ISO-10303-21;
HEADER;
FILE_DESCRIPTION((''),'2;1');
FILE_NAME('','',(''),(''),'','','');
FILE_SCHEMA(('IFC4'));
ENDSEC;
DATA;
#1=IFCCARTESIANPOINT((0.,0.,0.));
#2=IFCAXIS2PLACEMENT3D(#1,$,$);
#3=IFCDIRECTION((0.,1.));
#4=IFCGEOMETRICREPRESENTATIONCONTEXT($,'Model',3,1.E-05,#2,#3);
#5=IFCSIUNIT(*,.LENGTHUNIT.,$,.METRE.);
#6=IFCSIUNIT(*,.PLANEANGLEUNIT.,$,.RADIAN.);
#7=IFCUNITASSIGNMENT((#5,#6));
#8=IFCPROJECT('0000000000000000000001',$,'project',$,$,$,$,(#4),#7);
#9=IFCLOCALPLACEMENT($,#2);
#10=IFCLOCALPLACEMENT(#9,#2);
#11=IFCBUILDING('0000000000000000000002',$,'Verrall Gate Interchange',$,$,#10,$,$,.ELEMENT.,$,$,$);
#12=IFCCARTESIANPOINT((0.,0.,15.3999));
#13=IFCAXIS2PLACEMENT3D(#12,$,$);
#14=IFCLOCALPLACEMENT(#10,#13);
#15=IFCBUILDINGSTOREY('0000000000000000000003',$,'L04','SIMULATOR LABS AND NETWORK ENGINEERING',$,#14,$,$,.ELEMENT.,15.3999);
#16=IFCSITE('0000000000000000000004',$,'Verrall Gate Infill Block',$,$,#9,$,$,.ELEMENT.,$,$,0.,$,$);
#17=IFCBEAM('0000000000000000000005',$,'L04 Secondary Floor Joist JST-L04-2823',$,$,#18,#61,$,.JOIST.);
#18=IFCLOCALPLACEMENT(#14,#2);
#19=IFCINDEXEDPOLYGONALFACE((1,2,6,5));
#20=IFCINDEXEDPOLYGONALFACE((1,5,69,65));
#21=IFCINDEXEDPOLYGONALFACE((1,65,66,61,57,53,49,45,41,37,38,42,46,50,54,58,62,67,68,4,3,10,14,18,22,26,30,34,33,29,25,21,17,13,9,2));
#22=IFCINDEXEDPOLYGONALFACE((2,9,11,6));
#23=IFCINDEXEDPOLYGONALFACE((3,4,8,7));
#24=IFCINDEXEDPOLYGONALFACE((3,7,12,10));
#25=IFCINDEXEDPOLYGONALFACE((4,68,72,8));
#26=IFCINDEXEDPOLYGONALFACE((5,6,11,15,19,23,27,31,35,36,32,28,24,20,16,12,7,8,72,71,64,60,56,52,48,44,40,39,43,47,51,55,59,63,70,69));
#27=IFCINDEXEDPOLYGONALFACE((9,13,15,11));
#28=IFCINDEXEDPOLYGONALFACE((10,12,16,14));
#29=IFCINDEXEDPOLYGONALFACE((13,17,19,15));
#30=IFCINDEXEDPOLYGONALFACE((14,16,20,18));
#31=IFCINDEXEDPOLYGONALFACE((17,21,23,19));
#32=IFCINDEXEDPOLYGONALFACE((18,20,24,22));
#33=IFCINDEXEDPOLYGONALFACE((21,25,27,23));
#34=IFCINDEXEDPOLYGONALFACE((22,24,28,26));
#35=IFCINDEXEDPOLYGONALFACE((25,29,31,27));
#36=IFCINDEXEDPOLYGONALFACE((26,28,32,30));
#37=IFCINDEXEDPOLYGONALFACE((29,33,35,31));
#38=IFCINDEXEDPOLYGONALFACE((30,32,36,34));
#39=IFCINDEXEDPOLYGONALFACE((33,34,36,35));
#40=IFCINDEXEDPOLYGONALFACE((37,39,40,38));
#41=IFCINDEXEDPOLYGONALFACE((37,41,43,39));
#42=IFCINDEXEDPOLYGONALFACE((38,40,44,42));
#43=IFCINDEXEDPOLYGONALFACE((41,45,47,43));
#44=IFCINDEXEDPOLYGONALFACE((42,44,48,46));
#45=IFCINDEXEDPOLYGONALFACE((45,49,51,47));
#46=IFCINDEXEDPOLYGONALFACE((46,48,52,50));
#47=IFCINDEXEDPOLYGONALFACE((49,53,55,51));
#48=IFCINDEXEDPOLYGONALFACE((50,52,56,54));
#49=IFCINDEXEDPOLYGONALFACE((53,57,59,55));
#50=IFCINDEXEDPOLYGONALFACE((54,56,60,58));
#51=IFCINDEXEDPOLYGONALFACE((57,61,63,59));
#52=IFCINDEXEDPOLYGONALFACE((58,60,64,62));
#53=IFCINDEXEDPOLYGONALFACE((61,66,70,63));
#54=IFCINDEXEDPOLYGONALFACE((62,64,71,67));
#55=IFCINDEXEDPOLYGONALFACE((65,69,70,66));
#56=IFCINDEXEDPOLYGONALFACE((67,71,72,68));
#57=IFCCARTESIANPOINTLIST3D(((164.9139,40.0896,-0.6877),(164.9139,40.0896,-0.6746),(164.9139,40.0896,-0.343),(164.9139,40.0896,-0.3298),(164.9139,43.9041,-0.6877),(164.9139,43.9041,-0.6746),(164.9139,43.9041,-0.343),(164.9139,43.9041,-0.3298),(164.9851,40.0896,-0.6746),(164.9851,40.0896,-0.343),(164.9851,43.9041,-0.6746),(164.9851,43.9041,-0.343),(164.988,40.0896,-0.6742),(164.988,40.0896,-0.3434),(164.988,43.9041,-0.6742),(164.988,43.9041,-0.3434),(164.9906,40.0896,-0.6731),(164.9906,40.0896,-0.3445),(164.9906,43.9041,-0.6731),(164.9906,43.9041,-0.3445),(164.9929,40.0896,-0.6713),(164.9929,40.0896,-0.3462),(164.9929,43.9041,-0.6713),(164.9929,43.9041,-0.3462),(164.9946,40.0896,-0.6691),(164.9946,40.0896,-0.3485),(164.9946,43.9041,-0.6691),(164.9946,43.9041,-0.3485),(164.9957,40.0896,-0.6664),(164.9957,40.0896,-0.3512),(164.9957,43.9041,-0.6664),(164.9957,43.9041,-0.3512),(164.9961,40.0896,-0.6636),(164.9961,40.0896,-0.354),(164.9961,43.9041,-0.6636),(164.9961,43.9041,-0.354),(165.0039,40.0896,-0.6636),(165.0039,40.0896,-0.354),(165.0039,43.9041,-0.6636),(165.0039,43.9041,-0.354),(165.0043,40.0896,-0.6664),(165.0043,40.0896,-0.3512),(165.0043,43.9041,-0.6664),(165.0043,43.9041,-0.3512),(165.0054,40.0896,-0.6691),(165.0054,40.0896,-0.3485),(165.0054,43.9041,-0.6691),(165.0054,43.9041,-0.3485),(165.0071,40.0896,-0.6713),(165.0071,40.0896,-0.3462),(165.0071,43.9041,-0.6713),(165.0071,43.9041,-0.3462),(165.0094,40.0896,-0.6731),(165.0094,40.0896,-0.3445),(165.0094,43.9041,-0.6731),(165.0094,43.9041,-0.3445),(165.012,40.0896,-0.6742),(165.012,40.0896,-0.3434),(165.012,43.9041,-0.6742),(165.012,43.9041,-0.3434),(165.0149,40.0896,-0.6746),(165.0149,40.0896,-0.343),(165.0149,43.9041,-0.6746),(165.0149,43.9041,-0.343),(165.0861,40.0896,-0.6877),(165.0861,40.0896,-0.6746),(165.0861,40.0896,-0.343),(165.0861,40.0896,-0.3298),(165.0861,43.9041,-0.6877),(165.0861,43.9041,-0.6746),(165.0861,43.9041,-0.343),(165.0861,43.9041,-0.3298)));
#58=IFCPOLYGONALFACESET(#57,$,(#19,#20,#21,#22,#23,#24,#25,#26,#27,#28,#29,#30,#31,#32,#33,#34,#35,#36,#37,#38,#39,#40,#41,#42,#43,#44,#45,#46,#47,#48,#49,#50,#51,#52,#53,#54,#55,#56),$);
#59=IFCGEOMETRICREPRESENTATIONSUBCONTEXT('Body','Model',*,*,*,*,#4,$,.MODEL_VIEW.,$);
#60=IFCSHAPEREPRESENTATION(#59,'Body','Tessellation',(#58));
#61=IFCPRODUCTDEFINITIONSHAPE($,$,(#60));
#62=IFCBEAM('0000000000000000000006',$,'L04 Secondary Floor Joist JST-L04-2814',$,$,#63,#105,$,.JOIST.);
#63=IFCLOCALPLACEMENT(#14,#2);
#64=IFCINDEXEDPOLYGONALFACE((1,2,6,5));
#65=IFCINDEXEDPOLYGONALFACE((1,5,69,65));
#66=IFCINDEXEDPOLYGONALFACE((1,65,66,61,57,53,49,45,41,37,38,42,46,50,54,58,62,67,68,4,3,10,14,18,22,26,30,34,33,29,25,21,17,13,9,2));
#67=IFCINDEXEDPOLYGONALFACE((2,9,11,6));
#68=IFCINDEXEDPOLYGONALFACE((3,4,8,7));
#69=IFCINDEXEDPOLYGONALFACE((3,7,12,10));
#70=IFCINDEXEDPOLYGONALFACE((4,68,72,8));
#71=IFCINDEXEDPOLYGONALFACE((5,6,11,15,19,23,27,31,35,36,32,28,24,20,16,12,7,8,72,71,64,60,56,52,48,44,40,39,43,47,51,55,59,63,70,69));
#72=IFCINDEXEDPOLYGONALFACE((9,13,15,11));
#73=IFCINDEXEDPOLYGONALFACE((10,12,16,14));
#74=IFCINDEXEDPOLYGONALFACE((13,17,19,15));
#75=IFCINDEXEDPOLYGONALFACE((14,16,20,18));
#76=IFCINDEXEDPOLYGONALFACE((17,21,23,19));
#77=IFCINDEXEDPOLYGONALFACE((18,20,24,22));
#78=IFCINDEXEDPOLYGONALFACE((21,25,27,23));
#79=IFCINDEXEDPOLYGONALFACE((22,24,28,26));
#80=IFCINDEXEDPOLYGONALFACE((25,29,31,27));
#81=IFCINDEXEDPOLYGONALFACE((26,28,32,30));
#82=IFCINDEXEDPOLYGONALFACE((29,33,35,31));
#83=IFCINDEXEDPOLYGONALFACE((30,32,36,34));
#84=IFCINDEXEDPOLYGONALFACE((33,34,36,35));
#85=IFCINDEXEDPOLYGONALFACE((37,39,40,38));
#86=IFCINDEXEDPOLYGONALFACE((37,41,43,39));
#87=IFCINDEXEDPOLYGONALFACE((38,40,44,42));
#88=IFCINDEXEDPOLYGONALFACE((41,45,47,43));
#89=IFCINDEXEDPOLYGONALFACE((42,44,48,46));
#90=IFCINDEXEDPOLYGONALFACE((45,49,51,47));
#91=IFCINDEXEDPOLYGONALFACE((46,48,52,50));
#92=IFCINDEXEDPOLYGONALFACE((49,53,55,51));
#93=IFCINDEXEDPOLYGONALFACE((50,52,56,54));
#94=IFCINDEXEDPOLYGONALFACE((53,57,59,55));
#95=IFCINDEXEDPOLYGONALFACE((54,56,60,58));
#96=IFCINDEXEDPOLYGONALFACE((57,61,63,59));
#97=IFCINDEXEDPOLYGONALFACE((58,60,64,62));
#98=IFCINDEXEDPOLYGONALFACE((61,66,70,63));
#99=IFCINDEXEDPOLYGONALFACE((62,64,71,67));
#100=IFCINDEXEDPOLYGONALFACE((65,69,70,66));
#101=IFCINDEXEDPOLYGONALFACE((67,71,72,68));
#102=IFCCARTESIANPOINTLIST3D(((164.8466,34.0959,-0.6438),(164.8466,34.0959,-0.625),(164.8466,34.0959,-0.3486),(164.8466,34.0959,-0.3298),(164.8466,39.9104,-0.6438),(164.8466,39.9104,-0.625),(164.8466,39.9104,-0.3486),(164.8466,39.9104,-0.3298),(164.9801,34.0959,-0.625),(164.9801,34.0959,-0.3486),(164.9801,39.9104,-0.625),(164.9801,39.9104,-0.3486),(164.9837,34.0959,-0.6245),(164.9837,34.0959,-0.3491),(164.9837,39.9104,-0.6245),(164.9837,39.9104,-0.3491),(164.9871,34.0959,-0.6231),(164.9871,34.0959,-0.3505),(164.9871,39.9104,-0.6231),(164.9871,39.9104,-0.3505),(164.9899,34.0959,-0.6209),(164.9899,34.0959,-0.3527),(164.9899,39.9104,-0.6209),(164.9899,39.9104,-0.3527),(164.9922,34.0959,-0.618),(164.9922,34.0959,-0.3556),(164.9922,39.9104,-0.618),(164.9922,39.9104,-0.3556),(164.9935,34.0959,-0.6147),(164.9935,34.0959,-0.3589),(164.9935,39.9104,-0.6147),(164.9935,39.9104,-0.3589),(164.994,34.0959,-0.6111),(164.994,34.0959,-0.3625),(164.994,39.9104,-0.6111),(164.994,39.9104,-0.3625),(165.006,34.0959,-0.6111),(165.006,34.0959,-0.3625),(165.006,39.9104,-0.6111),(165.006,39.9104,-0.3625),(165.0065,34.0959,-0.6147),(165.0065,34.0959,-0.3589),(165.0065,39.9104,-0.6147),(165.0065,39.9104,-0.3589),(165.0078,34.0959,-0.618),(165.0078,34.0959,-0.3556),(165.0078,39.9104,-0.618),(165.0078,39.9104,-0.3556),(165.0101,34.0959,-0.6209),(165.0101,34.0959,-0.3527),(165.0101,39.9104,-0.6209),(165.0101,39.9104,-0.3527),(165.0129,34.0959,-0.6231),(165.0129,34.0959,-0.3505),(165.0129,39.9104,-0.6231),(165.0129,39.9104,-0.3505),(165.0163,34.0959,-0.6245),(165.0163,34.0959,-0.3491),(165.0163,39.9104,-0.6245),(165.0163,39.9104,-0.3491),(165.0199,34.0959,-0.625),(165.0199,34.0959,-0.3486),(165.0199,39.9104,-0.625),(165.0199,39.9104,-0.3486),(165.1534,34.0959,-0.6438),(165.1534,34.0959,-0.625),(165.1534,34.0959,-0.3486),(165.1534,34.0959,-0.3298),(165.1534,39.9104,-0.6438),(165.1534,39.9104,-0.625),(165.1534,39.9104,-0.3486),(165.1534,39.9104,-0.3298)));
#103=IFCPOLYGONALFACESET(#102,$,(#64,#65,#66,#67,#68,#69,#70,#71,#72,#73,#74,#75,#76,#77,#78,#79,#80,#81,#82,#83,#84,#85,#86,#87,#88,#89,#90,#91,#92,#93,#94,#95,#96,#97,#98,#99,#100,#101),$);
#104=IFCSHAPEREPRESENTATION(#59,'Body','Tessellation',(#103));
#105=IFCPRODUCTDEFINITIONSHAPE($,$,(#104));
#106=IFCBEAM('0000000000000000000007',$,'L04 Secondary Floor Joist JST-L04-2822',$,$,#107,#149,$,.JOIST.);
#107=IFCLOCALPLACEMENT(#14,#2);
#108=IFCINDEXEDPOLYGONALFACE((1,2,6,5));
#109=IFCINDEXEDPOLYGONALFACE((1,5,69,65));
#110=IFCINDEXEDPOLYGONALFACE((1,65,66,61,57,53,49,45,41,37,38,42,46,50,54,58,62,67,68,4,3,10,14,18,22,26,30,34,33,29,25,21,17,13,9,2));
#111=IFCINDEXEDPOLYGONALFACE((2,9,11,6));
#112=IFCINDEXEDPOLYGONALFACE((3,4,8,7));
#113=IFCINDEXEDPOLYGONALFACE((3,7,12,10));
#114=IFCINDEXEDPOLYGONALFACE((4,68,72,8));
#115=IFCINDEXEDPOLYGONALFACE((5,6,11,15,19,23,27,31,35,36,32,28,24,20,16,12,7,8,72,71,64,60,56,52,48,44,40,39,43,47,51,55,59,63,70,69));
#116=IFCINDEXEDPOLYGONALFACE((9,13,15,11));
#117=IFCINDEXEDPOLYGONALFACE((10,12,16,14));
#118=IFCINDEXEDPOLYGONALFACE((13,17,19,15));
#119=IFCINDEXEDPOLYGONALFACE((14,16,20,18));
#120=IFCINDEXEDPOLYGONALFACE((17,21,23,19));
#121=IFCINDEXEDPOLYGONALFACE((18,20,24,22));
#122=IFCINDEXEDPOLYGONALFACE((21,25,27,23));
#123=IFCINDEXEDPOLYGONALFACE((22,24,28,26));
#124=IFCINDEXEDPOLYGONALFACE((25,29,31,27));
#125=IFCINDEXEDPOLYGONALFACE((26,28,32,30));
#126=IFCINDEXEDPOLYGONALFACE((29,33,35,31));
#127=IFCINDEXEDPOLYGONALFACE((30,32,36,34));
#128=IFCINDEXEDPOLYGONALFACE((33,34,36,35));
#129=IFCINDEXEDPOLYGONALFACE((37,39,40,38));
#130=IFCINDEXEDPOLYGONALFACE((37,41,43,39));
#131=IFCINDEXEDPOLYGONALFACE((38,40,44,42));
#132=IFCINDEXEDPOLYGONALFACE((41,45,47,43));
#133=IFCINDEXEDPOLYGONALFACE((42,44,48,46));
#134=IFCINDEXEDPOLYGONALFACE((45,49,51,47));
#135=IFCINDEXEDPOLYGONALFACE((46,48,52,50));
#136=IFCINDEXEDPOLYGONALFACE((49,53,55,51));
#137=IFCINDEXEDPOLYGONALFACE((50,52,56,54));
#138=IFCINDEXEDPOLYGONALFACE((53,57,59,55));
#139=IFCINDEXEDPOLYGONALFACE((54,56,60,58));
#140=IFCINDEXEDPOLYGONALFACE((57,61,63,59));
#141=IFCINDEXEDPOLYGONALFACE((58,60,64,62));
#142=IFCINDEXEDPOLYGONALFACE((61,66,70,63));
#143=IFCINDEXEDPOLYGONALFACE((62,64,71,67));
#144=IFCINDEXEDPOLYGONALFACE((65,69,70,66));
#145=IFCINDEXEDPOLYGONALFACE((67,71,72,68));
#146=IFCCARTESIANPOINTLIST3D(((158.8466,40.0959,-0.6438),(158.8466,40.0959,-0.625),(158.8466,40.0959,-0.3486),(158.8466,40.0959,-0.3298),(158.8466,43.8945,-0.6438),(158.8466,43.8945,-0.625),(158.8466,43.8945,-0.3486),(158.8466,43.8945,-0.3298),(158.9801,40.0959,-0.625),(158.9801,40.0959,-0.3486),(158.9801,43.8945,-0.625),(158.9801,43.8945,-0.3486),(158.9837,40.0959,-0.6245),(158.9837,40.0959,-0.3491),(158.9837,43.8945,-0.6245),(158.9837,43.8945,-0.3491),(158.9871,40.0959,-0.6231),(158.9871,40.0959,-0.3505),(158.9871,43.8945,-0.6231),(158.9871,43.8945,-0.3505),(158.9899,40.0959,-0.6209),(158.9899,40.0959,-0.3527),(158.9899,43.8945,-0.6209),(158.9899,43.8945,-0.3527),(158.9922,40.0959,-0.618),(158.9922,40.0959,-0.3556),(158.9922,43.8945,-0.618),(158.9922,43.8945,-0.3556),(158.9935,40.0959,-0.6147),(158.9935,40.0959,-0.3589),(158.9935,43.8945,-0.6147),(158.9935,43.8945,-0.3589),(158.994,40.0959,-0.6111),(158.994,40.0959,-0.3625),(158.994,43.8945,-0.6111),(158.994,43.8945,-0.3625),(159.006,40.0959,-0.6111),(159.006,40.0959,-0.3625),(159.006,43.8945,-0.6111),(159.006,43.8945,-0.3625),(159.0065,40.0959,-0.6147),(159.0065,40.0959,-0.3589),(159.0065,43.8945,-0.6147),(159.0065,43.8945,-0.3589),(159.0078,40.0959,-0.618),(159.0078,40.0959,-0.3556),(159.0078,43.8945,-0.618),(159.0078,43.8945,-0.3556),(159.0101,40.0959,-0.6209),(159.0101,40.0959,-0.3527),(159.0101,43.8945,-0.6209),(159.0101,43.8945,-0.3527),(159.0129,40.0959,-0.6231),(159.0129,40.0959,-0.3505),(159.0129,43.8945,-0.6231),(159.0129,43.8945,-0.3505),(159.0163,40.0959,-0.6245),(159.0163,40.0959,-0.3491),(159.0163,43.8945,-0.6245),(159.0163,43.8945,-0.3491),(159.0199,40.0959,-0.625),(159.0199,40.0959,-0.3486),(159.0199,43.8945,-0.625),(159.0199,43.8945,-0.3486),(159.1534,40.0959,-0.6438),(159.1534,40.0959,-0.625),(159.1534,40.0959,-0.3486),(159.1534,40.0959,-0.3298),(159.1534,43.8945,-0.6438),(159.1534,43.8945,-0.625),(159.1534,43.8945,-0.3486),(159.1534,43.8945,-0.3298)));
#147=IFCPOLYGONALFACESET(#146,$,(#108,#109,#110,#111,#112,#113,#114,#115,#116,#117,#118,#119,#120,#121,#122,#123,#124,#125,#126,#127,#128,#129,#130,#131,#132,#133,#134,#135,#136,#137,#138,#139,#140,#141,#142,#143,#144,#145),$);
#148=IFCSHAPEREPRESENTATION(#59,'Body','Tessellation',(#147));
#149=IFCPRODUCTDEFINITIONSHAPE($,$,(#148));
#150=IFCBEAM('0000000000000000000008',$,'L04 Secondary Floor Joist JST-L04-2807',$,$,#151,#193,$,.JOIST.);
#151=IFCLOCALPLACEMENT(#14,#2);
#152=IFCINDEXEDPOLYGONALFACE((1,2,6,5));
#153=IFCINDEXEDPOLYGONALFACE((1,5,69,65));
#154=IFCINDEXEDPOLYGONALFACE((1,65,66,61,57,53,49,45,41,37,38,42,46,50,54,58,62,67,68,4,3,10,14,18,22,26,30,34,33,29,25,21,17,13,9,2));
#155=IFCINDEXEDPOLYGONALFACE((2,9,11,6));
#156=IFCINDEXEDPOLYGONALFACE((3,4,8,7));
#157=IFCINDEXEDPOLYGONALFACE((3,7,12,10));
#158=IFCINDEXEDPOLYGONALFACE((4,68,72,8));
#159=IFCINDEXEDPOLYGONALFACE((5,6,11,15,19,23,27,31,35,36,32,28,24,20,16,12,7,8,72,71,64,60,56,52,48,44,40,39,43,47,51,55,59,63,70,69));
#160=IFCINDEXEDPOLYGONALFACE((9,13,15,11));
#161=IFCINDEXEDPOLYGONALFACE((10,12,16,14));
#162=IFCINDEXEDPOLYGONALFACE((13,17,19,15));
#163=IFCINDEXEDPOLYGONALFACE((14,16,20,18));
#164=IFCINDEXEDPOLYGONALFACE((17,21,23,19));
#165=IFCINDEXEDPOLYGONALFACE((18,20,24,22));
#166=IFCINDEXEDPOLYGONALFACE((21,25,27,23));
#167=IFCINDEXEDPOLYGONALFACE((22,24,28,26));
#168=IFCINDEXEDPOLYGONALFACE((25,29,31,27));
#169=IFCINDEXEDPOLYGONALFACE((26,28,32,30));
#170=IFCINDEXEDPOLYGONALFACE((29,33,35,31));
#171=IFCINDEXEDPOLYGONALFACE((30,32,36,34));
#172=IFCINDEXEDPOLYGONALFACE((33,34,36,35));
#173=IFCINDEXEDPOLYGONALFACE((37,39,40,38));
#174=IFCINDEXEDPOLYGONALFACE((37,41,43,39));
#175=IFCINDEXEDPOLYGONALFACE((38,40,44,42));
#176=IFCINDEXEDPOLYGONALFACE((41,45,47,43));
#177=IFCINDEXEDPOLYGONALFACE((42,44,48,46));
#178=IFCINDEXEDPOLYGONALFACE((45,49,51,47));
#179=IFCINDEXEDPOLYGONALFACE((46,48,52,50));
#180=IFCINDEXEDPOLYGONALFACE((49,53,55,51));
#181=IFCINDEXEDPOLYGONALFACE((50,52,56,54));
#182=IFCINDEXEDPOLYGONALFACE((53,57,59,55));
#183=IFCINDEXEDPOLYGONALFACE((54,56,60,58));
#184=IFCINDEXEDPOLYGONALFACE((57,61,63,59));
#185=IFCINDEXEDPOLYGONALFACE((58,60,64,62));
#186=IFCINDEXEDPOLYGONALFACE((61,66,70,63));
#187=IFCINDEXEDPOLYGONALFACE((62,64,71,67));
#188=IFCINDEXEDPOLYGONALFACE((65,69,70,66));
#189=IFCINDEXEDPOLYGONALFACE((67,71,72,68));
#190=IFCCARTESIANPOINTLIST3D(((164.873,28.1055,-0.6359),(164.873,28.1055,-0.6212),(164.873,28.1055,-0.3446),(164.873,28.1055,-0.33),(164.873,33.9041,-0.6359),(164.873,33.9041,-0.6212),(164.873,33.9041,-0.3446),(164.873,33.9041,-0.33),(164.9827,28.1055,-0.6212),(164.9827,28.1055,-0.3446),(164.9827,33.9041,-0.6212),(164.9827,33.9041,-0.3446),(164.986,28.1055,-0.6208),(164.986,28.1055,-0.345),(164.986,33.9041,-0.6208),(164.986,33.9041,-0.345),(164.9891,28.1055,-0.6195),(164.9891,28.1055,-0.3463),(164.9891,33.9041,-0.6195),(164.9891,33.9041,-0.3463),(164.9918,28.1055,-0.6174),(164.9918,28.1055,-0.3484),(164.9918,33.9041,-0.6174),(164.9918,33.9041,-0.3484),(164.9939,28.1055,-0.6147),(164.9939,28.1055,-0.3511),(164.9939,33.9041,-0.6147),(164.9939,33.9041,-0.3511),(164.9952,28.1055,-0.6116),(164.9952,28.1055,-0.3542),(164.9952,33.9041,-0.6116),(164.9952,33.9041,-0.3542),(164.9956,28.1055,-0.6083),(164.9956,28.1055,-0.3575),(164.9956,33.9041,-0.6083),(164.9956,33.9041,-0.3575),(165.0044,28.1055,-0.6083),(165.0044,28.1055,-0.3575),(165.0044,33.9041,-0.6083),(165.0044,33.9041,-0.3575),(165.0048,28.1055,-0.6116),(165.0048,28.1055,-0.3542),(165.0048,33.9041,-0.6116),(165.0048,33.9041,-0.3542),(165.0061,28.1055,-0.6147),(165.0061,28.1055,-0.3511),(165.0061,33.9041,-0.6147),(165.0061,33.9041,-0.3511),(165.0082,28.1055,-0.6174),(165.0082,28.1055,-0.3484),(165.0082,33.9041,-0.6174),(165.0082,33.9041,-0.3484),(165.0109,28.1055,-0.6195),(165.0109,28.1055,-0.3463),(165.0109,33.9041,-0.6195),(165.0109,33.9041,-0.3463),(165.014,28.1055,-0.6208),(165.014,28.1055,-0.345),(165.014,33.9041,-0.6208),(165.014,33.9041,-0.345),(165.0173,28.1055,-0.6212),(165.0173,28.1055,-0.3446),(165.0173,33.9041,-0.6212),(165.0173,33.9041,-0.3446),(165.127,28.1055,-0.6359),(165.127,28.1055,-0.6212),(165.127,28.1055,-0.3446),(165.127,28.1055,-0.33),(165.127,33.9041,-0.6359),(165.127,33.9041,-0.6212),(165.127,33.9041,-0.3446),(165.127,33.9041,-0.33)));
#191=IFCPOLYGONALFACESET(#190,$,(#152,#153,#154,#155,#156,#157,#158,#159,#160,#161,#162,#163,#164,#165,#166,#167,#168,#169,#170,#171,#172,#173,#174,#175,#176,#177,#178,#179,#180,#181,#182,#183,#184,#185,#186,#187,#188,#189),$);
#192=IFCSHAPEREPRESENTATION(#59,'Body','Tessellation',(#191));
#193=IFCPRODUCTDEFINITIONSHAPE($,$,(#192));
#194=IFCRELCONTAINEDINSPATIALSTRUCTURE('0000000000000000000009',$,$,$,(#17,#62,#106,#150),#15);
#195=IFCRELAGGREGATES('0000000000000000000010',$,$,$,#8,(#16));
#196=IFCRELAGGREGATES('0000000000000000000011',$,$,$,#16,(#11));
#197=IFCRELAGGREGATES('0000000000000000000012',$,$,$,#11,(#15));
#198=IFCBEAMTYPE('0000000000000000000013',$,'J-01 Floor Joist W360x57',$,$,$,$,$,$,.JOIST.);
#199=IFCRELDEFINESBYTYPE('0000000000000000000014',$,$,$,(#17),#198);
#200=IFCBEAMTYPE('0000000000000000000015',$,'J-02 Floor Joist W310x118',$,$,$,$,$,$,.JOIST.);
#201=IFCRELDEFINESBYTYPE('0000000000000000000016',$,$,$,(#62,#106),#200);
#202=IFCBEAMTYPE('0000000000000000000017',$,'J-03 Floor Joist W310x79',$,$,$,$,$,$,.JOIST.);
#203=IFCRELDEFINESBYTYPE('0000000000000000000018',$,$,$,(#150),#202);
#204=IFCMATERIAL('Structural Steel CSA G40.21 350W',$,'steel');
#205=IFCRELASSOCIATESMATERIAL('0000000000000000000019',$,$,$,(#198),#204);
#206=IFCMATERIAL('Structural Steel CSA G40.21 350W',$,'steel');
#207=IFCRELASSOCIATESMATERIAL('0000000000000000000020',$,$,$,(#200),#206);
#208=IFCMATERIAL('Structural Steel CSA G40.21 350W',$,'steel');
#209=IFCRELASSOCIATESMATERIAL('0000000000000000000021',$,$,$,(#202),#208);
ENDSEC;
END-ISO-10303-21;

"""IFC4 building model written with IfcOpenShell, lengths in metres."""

from ifc_helpers import new_model, si_unit, direction, frame, origin, origin_2d, place, context, subcontext, project, spatial, i_section, extrude, material, material_profile, profile_set, type_object, element, save


model = new_model("IFC4")

# Units and contexts
model_context = context("Model", 3, precision=1e-05, world=origin(), true_north=direction((0.0, 1.0)))
body_context = subcontext(model_context, "Body", "Model", "MODEL_VIEW")
ifc_project = project(units=[si_unit("LENGTHUNIT", "METRE"), si_unit("PLANEANGLEUNIT", "RADIAN")], contexts=[model_context])

# Site, building, storey
site_placement = place(None, origin())
site = spatial("IfcSite", under=ifc_project, at=site_placement, Name="Verrall Gate Infill Block", CompositionType="ELEMENT", RefElevation=0.0)
building_placement = place(site_placement, origin())
building = spatial("IfcBuilding", under=site, at=building_placement, Name="Verrall Gate Interchange", CompositionType="ELEMENT")
storey_placement = place(building_placement, frame((0.0, 0.0, 15.3999)))
storey = spatial("IfcBuildingStorey", under=building, at=storey_placement, Name="L04", Description="SIMULATOR LABS AND NETWORK ENGINEERING", CompositionType="ELEMENT", Elevation=15.3999)

# Beams
ifc_material_1 = material(Name="Structural Steel CSA G40.21 350W", Category="steel")
ifc_material_profile_1 = material_profile(ifc_material_1, i_section(OverallWidth=0.1721, OverallDepth=0.3579, WebThickness=0.0078, FlangeThickness=0.0132, FilletRadius=0.011, at=origin_2d()), Name="W360x57")
ifc_profile_set_1 = profile_set([ifc_material_profile_1], Name="Structural Steel CSA G40.21 350W")
beam_type_1 = type_object("IfcBeamType", Name="J-01 Floor Joist W360x57", PredefinedType="JOIST", material=ifc_profile_set_1)
beam_1_placement = place(storey_placement, frame((165.0, 40.0896, -0.5088), z_axis=(0.0, 1.0, 0.0), x_axis=(-1.0, 0.0, 0.0)))
element("IfcBeam", 1, at=beam_1_placement, inside=storey, type_object=beam_type_1, Name="L04 Secondary Floor Joist JST-L04-2823", PredefinedType="JOIST", context=body_context, shape_type="SweptSolid", body=[
    extrude(i_section(OverallWidth=0.1721, OverallDepth=0.3579, WebThickness=0.0078, FlangeThickness=0.0132, FilletRadius=0.011, at=origin_2d()), origin(), (0.0, 0.0, 1.0), 3.8145),
])
ifc_material_2 = material(Name="Structural Steel CSA G40.21 350W", Category="steel")
ifc_material_profile_2 = material_profile(ifc_material_2, i_section(OverallWidth=0.3069, OverallDepth=0.314, WebThickness=0.012, FlangeThickness=0.0188, FilletRadius=0.0139, at=origin_2d()), Name="W310x118")
ifc_profile_set_2 = profile_set([ifc_material_profile_2], Name="Structural Steel CSA G40.21 350W")
beam_type_2 = type_object("IfcBeamType", Name="J-02 Floor Joist W310x118", PredefinedType="JOIST", material=ifc_profile_set_2)
beam_2_placement = place(storey_placement, frame((165.0, 34.0959, -0.4868), z_axis=(0.0, 1.0, 0.0), x_axis=(-1.0, 0.0, 0.0)))
element("IfcBeam", 2, at=beam_2_placement, inside=storey, type_object=beam_type_2, Name="L04 Secondary Floor Joist JST-L04-2814", PredefinedType="JOIST", context=body_context, shape_type="SweptSolid", body=[
    extrude(i_section(OverallWidth=0.3069, OverallDepth=0.314, WebThickness=0.012, FlangeThickness=0.0188, FilletRadius=0.0139, at=origin_2d()), origin(), (0.0, 0.0, 1.0), 5.8145),
])
beam_3_placement = place(storey_placement, frame((159.0, 40.0959, -0.4868), z_axis=(0.0, 1.0, 0.0), x_axis=(-1.0, 0.0, 0.0)))
element("IfcBeam", 3, at=beam_3_placement, inside=storey, type_object=beam_type_2, Name="L04 Secondary Floor Joist JST-L04-2822", PredefinedType="JOIST", context=body_context, shape_type="SweptSolid", body=[
    extrude(i_section(OverallWidth=0.3069, OverallDepth=0.314, WebThickness=0.012, FlangeThickness=0.0188, FilletRadius=0.0139, at=origin_2d()), origin(), (0.0, 0.0, 1.0), 3.7986),
])
ifc_material_3 = material(Name="Structural Steel CSA G40.21 350W", Category="steel")
ifc_material_profile_3 = material_profile(ifc_material_3, i_section(OverallWidth=0.2539, OverallDepth=0.3059, WebThickness=0.0088, FlangeThickness=0.0146, FilletRadius=0.0129, at=origin_2d()), Name="W310x79")
ifc_profile_set_3 = profile_set([ifc_material_profile_3], Name="Structural Steel CSA G40.21 350W")
beam_type_3 = type_object("IfcBeamType", Name="J-03 Floor Joist W310x79", PredefinedType="JOIST", material=ifc_profile_set_3)
beam_4_placement = place(storey_placement, frame((165.0, 28.1055, -0.4829), z_axis=(0.0, 1.0, 0.0), x_axis=(-1.0, 0.0, 0.0)))
element("IfcBeam", 4, at=beam_4_placement, inside=storey, type_object=beam_type_3, Name="L04 Secondary Floor Joist JST-L04-2807", PredefinedType="JOIST", context=body_context, shape_type="SweptSolid", body=[
    extrude(i_section(OverallWidth=0.2539, OverallDepth=0.3059, WebThickness=0.0088, FlangeThickness=0.0146, FilletRadius=0.0129, at=origin_2d()), origin(), (0.0, 0.0, 1.0), 5.7986),
])

save(model, "model.ifc")
